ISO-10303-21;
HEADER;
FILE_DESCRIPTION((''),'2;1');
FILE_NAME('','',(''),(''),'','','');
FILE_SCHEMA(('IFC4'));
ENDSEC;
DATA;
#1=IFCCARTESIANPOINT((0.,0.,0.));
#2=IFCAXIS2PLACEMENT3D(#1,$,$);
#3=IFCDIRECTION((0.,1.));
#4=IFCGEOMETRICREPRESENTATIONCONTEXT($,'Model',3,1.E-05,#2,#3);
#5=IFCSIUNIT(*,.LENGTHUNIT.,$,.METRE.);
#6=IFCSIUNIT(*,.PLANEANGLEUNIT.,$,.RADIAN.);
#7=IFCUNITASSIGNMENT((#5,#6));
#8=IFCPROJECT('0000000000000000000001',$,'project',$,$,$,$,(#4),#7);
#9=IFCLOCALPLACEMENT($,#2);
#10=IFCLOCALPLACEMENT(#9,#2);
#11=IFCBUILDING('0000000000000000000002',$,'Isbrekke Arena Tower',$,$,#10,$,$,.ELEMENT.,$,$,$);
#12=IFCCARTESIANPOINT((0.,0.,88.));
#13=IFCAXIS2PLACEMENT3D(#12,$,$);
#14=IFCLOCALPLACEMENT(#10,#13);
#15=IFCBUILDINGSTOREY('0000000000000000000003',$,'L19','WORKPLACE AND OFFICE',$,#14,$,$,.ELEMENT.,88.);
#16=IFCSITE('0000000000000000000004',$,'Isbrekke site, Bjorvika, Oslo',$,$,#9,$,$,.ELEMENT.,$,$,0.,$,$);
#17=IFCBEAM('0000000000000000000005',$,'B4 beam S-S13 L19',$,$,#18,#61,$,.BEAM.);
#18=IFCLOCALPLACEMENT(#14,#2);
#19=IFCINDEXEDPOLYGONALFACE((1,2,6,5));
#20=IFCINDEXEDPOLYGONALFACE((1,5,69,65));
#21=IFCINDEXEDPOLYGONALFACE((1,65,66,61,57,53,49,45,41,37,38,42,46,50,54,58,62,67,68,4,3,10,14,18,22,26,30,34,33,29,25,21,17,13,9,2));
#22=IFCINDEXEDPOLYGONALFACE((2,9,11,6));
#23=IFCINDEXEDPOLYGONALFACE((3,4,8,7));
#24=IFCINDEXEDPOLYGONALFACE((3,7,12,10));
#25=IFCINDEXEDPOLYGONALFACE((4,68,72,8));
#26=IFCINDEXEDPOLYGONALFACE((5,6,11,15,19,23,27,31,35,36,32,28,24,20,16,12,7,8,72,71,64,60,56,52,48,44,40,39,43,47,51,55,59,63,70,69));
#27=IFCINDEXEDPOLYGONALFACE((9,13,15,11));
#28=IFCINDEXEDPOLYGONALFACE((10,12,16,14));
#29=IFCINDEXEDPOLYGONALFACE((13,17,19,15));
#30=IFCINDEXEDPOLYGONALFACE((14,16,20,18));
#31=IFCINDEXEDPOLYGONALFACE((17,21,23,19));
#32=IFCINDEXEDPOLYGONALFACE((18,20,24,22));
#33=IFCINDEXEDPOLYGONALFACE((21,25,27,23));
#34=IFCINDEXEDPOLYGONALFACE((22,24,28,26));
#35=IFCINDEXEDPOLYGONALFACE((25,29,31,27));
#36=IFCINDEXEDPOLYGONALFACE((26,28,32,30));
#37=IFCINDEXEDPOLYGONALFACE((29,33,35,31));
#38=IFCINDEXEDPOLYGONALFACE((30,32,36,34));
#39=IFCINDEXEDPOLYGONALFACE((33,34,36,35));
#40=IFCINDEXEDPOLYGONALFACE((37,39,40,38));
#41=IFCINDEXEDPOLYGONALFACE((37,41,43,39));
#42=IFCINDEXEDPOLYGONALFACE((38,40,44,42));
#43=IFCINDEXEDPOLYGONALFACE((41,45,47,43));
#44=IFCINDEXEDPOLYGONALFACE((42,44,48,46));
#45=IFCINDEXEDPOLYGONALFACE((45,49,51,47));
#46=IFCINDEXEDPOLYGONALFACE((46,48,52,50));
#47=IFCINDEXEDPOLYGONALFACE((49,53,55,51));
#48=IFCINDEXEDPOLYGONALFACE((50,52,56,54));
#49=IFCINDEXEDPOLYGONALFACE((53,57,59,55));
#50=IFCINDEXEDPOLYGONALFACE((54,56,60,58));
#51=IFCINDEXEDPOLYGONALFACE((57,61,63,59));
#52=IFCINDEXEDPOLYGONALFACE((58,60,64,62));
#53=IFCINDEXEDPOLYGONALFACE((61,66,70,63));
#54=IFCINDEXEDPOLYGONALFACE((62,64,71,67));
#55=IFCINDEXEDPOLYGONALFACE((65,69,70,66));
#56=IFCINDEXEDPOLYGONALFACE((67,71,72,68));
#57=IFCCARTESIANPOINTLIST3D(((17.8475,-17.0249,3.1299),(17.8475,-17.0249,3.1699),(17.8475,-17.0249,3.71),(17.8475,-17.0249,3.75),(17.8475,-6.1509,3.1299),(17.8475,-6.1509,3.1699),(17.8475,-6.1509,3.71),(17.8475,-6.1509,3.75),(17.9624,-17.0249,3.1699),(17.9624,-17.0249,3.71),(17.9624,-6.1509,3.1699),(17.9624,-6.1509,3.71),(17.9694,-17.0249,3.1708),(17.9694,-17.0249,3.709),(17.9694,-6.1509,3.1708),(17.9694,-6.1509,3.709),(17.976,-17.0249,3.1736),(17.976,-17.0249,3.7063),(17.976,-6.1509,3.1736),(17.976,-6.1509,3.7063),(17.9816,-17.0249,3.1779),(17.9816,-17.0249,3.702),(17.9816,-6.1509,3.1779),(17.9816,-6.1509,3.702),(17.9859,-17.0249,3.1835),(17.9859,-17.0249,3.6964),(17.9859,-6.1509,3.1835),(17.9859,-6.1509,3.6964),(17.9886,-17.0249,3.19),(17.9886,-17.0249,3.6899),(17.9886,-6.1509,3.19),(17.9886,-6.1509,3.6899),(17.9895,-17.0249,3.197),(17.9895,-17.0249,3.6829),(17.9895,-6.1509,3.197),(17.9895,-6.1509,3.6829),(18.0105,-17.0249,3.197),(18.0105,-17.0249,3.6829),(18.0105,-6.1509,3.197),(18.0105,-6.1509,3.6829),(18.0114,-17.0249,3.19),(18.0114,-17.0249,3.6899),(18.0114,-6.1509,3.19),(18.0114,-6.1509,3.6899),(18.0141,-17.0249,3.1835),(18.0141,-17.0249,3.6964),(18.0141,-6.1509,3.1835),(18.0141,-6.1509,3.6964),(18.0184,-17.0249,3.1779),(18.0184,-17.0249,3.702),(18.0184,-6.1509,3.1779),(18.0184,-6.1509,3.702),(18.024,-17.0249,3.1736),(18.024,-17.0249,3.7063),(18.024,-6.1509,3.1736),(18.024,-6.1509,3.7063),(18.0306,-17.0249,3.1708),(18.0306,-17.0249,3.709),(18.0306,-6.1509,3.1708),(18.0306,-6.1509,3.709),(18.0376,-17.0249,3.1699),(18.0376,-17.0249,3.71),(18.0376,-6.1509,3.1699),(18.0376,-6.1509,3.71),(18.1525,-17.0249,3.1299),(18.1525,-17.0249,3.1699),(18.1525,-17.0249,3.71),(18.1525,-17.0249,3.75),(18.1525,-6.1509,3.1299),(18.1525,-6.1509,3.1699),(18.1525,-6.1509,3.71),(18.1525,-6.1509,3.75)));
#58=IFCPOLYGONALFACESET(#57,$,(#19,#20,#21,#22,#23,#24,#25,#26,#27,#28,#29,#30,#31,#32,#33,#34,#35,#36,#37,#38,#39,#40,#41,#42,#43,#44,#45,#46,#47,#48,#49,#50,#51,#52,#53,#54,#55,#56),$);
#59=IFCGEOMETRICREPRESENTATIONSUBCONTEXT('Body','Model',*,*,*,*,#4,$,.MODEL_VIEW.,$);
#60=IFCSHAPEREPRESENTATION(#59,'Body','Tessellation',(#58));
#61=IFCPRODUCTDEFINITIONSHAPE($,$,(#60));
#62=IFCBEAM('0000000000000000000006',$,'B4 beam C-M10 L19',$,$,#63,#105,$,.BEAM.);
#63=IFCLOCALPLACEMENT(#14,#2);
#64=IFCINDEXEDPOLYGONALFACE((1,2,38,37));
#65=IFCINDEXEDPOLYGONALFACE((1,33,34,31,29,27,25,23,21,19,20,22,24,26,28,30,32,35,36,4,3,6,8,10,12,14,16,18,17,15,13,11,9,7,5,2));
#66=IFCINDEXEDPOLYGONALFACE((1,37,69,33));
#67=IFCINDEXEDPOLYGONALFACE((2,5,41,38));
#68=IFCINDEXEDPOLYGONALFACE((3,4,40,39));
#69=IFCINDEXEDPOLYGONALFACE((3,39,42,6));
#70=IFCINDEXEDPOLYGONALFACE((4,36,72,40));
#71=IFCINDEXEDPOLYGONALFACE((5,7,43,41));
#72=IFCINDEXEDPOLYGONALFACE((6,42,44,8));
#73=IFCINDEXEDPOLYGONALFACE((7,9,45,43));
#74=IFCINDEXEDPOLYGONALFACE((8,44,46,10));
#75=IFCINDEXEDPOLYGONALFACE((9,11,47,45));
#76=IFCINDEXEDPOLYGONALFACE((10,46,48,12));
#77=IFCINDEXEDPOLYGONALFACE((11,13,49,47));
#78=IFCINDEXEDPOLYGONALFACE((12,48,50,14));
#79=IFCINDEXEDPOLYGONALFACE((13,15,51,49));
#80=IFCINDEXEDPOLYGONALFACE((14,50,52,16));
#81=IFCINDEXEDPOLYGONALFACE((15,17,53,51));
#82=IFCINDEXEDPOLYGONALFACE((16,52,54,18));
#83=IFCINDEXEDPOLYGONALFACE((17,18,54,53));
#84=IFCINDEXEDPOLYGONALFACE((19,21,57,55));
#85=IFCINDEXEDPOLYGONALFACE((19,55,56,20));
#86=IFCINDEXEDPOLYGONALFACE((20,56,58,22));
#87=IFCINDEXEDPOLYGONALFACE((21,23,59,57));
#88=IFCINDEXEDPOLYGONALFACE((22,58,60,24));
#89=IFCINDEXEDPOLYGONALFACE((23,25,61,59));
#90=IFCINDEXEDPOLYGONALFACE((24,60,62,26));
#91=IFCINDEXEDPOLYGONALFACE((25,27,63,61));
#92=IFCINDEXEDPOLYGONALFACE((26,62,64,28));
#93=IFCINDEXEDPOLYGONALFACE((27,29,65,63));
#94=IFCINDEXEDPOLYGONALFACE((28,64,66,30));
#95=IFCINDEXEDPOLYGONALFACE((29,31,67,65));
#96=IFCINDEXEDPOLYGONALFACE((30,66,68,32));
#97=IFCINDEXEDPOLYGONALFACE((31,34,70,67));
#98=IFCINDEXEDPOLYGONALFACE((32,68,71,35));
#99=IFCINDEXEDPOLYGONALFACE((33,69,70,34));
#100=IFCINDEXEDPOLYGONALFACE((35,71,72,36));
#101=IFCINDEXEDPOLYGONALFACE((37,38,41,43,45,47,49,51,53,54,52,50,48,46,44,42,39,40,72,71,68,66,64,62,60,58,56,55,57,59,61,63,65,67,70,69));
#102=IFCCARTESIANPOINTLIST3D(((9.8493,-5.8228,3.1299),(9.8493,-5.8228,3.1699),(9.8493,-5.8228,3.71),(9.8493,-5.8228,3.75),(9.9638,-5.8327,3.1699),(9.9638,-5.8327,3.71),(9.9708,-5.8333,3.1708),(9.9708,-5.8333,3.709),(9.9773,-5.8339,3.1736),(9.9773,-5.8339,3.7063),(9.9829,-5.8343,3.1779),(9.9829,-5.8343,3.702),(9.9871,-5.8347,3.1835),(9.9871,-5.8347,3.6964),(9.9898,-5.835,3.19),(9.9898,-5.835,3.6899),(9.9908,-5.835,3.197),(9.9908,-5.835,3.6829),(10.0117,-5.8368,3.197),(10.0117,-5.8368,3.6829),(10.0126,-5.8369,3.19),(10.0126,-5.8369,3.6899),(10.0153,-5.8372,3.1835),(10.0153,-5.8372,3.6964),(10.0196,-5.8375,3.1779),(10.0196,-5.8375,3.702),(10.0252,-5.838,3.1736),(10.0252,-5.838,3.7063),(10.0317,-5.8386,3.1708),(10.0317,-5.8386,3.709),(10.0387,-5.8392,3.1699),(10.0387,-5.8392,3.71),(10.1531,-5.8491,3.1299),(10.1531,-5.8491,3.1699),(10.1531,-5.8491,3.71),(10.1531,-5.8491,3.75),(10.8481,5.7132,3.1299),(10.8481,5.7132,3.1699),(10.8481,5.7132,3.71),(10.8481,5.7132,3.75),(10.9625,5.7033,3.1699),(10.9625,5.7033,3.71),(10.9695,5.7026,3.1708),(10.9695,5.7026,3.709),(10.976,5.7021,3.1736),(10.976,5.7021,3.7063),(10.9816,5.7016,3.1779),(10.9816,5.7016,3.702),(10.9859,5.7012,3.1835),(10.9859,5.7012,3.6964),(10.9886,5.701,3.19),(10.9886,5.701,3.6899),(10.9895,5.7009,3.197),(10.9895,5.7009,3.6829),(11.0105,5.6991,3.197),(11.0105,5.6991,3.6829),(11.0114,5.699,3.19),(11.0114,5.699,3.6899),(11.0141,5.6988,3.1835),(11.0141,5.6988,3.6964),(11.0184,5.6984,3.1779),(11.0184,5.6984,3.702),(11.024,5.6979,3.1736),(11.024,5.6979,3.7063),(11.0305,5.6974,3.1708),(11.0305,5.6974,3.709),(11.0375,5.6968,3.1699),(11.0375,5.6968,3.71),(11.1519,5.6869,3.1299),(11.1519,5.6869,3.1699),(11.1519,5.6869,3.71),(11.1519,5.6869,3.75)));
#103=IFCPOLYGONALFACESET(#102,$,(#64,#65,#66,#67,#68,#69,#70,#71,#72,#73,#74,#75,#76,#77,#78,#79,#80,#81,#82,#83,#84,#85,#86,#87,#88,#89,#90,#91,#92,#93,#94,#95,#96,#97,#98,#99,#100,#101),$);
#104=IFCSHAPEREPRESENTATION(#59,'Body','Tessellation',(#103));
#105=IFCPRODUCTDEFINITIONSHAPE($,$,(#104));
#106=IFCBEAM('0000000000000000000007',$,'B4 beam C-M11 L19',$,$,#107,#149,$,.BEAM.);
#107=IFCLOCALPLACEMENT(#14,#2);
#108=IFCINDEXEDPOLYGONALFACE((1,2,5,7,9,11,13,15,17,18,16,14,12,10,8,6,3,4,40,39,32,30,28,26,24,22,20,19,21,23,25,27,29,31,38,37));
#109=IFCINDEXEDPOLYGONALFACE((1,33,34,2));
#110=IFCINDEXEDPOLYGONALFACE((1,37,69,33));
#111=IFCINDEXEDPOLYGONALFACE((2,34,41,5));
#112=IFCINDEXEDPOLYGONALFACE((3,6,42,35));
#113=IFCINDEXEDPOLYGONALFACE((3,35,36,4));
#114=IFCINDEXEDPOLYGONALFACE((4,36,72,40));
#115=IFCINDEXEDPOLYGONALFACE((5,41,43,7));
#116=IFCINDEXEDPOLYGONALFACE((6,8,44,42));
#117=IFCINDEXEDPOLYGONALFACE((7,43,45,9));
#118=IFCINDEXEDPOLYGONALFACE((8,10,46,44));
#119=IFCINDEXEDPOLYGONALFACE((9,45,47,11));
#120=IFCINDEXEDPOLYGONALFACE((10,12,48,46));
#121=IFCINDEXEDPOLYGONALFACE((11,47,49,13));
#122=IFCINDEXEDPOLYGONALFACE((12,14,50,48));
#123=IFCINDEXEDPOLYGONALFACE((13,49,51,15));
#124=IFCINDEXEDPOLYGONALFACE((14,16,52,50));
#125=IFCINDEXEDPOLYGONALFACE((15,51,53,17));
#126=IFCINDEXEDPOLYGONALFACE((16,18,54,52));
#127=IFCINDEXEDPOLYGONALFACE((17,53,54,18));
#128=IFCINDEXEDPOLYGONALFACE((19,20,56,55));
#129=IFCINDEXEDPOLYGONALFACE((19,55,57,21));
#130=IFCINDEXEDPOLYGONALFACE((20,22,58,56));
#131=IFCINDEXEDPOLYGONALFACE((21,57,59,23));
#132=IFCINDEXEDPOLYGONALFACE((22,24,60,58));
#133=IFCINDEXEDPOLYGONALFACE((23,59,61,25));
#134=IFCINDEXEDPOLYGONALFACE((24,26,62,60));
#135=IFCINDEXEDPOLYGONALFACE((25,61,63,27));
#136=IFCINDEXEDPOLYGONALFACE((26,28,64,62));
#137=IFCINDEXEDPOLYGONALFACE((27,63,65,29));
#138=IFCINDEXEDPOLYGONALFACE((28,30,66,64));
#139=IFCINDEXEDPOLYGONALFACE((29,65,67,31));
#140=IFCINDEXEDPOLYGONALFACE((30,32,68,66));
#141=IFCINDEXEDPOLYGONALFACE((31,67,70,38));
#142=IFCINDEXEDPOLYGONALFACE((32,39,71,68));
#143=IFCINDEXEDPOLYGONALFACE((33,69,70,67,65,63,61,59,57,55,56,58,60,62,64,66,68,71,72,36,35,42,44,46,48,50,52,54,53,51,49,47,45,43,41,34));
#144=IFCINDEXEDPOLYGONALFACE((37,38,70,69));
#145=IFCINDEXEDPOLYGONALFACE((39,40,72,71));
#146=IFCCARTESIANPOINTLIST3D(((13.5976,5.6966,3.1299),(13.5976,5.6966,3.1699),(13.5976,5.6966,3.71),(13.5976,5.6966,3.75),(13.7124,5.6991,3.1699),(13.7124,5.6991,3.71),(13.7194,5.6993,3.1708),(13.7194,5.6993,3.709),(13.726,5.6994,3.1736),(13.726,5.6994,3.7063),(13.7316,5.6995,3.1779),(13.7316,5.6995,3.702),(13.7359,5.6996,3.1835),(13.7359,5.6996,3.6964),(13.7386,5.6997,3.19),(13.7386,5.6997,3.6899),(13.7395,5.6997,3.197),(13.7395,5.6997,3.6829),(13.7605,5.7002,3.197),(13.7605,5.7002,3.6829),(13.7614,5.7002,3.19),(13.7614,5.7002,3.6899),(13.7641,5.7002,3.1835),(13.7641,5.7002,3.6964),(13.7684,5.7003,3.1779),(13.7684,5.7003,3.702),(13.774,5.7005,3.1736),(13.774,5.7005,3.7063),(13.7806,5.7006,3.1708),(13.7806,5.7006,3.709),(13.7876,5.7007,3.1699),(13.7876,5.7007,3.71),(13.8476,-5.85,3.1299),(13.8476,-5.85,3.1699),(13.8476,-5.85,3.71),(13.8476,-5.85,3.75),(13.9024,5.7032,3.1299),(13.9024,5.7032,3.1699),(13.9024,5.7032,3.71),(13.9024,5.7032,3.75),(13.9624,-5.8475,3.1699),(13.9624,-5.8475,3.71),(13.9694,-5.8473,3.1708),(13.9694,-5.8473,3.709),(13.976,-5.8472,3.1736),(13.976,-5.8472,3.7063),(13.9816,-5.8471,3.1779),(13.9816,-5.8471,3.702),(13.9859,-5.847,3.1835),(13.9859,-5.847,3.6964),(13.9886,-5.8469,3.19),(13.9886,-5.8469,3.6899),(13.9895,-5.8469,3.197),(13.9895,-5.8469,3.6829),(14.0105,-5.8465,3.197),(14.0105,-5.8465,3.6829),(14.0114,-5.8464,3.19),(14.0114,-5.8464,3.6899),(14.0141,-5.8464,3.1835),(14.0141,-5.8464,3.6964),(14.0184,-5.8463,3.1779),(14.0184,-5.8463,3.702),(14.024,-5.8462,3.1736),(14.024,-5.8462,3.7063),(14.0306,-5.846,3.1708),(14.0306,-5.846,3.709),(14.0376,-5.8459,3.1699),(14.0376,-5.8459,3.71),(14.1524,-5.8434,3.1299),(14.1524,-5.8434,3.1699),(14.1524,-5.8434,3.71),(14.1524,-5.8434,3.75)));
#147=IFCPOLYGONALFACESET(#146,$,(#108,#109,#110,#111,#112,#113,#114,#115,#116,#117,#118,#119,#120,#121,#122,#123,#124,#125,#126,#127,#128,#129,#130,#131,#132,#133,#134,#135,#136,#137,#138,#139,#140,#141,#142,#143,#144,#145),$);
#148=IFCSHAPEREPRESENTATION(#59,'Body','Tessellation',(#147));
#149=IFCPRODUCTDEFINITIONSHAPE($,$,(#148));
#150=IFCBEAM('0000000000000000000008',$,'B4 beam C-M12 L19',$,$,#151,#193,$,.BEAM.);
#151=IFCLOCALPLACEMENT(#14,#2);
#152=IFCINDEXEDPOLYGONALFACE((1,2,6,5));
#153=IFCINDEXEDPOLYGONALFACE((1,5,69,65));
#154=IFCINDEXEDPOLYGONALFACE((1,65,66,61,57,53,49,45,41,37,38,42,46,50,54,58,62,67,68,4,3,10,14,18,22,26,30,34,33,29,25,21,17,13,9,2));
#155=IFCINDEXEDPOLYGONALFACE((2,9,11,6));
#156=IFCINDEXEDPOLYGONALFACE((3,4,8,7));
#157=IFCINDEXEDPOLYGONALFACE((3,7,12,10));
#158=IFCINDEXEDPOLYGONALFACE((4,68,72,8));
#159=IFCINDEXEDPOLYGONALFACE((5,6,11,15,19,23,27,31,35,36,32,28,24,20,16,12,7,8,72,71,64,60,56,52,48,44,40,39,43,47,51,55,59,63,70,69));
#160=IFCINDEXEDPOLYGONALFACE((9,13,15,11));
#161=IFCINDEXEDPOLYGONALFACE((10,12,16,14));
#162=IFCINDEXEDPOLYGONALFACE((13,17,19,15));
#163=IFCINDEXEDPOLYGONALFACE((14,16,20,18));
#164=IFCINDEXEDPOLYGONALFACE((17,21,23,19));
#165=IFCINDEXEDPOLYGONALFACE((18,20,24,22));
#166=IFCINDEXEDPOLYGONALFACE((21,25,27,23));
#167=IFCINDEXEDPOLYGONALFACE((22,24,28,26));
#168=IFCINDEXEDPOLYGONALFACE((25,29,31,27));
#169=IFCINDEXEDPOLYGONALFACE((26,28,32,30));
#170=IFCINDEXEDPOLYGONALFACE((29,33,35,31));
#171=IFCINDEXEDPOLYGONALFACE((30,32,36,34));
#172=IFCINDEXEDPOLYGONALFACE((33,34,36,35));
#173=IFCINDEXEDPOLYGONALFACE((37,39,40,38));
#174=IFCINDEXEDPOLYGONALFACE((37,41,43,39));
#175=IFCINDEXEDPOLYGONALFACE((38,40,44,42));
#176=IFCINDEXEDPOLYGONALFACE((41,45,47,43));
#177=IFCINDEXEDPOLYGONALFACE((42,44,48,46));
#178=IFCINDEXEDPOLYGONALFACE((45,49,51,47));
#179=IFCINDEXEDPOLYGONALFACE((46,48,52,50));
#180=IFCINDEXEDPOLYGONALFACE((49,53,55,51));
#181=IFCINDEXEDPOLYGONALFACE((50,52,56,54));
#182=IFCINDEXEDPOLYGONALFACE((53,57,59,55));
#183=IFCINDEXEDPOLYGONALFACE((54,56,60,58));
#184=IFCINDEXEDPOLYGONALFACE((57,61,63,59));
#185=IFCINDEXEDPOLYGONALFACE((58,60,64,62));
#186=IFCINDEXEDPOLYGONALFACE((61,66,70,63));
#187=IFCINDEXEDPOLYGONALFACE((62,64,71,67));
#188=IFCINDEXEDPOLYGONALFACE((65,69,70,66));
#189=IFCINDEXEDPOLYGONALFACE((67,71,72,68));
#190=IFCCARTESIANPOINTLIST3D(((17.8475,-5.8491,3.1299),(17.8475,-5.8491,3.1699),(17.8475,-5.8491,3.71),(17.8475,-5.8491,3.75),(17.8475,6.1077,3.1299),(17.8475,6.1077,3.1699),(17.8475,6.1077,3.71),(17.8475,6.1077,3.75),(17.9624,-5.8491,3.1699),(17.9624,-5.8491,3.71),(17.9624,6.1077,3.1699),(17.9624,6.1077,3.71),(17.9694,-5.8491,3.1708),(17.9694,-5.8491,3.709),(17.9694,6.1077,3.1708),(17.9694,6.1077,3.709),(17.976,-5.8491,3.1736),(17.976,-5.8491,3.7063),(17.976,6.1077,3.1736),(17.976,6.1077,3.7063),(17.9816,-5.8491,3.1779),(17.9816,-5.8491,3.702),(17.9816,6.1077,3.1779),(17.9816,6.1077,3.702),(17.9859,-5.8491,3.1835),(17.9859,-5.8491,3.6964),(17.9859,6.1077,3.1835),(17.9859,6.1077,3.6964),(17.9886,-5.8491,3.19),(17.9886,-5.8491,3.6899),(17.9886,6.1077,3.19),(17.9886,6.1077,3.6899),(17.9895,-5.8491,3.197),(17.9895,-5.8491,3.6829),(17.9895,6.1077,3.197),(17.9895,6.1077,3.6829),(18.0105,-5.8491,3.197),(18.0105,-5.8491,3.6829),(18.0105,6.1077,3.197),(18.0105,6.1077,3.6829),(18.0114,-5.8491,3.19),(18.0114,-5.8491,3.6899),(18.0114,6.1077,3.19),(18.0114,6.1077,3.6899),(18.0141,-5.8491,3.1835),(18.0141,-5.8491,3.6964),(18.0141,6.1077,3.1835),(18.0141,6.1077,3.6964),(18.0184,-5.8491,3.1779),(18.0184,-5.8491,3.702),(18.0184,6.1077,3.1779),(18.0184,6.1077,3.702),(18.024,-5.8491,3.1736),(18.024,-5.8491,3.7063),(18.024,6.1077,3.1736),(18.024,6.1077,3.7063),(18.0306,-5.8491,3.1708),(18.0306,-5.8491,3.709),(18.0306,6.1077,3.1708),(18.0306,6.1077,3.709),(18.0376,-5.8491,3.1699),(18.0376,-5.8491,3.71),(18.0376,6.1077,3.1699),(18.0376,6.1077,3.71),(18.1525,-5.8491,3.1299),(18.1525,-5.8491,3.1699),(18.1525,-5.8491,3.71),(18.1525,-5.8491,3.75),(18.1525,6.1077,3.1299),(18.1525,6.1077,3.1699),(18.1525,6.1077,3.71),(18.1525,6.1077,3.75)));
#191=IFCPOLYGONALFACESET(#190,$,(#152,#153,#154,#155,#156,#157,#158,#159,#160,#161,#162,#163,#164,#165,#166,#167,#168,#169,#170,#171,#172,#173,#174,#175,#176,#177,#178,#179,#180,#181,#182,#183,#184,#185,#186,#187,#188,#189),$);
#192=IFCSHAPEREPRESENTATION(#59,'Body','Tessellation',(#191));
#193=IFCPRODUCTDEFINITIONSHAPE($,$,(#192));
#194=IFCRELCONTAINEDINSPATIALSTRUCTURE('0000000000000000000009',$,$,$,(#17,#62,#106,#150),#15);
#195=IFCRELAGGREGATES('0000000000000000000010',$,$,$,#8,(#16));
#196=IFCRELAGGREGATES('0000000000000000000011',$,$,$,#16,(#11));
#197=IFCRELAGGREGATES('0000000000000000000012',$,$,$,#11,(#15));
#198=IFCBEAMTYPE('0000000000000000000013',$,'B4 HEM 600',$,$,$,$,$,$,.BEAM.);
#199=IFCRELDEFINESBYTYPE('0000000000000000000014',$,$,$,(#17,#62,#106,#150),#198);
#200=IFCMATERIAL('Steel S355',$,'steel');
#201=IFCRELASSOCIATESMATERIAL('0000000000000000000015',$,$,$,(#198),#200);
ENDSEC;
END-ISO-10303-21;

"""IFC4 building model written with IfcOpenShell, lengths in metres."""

from ifc_helpers import new_model, si_unit, direction, frame, origin, origin_2d, place, context, subcontext, project, spatial, i_section, extrude, material, material_profile, profile_set, type_object, element, save


model = new_model("IFC4")

# Units and contexts
model_context = context("Model", 3, precision=1e-05, world=origin(), true_north=direction((0.0, 1.0)))
body_context = subcontext(model_context, "Body", "Model", "MODEL_VIEW")
ifc_project = project(units=[si_unit("LENGTHUNIT", "METRE"), si_unit("PLANEANGLEUNIT", "RADIAN")], contexts=[model_context])

# Site, building, storey
site_placement = place(None, origin())
site = spatial("IfcSite", under=ifc_project, at=site_placement, Name="Isbrekke site, Bjorvika, Oslo", CompositionType="ELEMENT", RefElevation=0.0)
building_placement = place(site_placement, origin())
building = spatial("IfcBuilding", under=site, at=building_placement, Name="Isbrekke Arena Tower", CompositionType="ELEMENT")
storey_placement = place(building_placement, frame((0.0, 0.0, 88.0)))
storey = spatial("IfcBuildingStorey", under=building, at=storey_placement, Name="L19", Description="WORKPLACE AND OFFICE", CompositionType="ELEMENT", Elevation=88.0)

# Beams
ifc_material_1 = material(Name="Steel S355", Category="steel")
ifc_material_profile_1 = material_profile(ifc_material_1, i_section(OverallWidth=0.3049, OverallDepth=0.6201, WebThickness=0.021, FlangeThickness=0.04, FilletRadius=0.0271, at=origin_2d()), Name="HEM 600")
ifc_profile_set_1 = profile_set([ifc_material_profile_1], Name="Steel S355")
beam_type_1 = type_object("IfcBeamType", Name="B4 HEM 600", PredefinedType="BEAM", material=ifc_profile_set_1)
beam_1_placement = place(storey_placement, frame((18.0, -17.0249, 3.4399), z_axis=(0.0, 1.0, 0.0), x_axis=(-1.0, 0.0, 0.0)))
element("IfcBeam", 1, at=beam_1_placement, inside=storey, type_object=beam_type_1, Name="B4 beam S-S13 L19", PredefinedType="BEAM", context=body_context, shape_type="SweptSolid", body=[
    extrude(i_section(OverallWidth=0.3049, OverallDepth=0.6201, WebThickness=0.021, FlangeThickness=0.04, FilletRadius=0.0271, at=origin_2d()), origin(), (0.0, 0.0, 1.0), 10.874),
])
beam_2_placement = place(storey_placement, frame((10.0012, -5.8359, 3.4399), z_axis=(0.086257, 0.996273, 0.0), x_axis=(-0.996273, 0.086257, 0.0)))
element("IfcBeam", 2, at=beam_2_placement, inside=storey, type_object=beam_type_1, Name="B4 beam C-M10 L19", PredefinedType="BEAM", context=body_context, shape_type="SweptSolid", body=[
    extrude(i_section(OverallWidth=0.3049, OverallDepth=0.6201, WebThickness=0.021, FlangeThickness=0.04, FilletRadius=0.0271, at=origin_2d()), origin(), (0.0, 0.0, 1.0), 11.5791),
])
beam_3_placement = place(storey_placement, frame((14.0, -5.8467, 3.4399), z_axis=(-0.021646, 0.999766, 0.0), x_axis=(-0.999766, -0.021646, 0.0)))
element("IfcBeam", 3, at=beam_3_placement, inside=storey, type_object=beam_type_1, Name="B4 beam C-M11 L19", PredefinedType="BEAM", context=body_context, shape_type="SweptSolid", body=[
    extrude(i_section(OverallWidth=0.3049, OverallDepth=0.6201, WebThickness=0.021, FlangeThickness=0.04, FilletRadius=0.0271, at=origin_2d()), origin(), (0.0, 0.0, 1.0), 11.5493),
])
beam_4_placement = place(storey_placement, frame((18.0, -5.8491, 3.4399), z_axis=(0.0, 1.0, 0.0), x_axis=(-1.0, 0.0, 0.0)))
element("IfcBeam", 4, at=beam_4_placement, inside=storey, type_object=beam_type_1, Name="B4 beam C-M12 L19", PredefinedType="BEAM", context=body_context, shape_type="SweptSolid", body=[
    extrude(i_section(OverallWidth=0.3049, OverallDepth=0.6201, WebThickness=0.021, FlangeThickness=0.04, FilletRadius=0.0271, at=origin_2d()), origin(), (0.0, 0.0, 1.0), 11.9568),
])

save(model, "model.ifc")
